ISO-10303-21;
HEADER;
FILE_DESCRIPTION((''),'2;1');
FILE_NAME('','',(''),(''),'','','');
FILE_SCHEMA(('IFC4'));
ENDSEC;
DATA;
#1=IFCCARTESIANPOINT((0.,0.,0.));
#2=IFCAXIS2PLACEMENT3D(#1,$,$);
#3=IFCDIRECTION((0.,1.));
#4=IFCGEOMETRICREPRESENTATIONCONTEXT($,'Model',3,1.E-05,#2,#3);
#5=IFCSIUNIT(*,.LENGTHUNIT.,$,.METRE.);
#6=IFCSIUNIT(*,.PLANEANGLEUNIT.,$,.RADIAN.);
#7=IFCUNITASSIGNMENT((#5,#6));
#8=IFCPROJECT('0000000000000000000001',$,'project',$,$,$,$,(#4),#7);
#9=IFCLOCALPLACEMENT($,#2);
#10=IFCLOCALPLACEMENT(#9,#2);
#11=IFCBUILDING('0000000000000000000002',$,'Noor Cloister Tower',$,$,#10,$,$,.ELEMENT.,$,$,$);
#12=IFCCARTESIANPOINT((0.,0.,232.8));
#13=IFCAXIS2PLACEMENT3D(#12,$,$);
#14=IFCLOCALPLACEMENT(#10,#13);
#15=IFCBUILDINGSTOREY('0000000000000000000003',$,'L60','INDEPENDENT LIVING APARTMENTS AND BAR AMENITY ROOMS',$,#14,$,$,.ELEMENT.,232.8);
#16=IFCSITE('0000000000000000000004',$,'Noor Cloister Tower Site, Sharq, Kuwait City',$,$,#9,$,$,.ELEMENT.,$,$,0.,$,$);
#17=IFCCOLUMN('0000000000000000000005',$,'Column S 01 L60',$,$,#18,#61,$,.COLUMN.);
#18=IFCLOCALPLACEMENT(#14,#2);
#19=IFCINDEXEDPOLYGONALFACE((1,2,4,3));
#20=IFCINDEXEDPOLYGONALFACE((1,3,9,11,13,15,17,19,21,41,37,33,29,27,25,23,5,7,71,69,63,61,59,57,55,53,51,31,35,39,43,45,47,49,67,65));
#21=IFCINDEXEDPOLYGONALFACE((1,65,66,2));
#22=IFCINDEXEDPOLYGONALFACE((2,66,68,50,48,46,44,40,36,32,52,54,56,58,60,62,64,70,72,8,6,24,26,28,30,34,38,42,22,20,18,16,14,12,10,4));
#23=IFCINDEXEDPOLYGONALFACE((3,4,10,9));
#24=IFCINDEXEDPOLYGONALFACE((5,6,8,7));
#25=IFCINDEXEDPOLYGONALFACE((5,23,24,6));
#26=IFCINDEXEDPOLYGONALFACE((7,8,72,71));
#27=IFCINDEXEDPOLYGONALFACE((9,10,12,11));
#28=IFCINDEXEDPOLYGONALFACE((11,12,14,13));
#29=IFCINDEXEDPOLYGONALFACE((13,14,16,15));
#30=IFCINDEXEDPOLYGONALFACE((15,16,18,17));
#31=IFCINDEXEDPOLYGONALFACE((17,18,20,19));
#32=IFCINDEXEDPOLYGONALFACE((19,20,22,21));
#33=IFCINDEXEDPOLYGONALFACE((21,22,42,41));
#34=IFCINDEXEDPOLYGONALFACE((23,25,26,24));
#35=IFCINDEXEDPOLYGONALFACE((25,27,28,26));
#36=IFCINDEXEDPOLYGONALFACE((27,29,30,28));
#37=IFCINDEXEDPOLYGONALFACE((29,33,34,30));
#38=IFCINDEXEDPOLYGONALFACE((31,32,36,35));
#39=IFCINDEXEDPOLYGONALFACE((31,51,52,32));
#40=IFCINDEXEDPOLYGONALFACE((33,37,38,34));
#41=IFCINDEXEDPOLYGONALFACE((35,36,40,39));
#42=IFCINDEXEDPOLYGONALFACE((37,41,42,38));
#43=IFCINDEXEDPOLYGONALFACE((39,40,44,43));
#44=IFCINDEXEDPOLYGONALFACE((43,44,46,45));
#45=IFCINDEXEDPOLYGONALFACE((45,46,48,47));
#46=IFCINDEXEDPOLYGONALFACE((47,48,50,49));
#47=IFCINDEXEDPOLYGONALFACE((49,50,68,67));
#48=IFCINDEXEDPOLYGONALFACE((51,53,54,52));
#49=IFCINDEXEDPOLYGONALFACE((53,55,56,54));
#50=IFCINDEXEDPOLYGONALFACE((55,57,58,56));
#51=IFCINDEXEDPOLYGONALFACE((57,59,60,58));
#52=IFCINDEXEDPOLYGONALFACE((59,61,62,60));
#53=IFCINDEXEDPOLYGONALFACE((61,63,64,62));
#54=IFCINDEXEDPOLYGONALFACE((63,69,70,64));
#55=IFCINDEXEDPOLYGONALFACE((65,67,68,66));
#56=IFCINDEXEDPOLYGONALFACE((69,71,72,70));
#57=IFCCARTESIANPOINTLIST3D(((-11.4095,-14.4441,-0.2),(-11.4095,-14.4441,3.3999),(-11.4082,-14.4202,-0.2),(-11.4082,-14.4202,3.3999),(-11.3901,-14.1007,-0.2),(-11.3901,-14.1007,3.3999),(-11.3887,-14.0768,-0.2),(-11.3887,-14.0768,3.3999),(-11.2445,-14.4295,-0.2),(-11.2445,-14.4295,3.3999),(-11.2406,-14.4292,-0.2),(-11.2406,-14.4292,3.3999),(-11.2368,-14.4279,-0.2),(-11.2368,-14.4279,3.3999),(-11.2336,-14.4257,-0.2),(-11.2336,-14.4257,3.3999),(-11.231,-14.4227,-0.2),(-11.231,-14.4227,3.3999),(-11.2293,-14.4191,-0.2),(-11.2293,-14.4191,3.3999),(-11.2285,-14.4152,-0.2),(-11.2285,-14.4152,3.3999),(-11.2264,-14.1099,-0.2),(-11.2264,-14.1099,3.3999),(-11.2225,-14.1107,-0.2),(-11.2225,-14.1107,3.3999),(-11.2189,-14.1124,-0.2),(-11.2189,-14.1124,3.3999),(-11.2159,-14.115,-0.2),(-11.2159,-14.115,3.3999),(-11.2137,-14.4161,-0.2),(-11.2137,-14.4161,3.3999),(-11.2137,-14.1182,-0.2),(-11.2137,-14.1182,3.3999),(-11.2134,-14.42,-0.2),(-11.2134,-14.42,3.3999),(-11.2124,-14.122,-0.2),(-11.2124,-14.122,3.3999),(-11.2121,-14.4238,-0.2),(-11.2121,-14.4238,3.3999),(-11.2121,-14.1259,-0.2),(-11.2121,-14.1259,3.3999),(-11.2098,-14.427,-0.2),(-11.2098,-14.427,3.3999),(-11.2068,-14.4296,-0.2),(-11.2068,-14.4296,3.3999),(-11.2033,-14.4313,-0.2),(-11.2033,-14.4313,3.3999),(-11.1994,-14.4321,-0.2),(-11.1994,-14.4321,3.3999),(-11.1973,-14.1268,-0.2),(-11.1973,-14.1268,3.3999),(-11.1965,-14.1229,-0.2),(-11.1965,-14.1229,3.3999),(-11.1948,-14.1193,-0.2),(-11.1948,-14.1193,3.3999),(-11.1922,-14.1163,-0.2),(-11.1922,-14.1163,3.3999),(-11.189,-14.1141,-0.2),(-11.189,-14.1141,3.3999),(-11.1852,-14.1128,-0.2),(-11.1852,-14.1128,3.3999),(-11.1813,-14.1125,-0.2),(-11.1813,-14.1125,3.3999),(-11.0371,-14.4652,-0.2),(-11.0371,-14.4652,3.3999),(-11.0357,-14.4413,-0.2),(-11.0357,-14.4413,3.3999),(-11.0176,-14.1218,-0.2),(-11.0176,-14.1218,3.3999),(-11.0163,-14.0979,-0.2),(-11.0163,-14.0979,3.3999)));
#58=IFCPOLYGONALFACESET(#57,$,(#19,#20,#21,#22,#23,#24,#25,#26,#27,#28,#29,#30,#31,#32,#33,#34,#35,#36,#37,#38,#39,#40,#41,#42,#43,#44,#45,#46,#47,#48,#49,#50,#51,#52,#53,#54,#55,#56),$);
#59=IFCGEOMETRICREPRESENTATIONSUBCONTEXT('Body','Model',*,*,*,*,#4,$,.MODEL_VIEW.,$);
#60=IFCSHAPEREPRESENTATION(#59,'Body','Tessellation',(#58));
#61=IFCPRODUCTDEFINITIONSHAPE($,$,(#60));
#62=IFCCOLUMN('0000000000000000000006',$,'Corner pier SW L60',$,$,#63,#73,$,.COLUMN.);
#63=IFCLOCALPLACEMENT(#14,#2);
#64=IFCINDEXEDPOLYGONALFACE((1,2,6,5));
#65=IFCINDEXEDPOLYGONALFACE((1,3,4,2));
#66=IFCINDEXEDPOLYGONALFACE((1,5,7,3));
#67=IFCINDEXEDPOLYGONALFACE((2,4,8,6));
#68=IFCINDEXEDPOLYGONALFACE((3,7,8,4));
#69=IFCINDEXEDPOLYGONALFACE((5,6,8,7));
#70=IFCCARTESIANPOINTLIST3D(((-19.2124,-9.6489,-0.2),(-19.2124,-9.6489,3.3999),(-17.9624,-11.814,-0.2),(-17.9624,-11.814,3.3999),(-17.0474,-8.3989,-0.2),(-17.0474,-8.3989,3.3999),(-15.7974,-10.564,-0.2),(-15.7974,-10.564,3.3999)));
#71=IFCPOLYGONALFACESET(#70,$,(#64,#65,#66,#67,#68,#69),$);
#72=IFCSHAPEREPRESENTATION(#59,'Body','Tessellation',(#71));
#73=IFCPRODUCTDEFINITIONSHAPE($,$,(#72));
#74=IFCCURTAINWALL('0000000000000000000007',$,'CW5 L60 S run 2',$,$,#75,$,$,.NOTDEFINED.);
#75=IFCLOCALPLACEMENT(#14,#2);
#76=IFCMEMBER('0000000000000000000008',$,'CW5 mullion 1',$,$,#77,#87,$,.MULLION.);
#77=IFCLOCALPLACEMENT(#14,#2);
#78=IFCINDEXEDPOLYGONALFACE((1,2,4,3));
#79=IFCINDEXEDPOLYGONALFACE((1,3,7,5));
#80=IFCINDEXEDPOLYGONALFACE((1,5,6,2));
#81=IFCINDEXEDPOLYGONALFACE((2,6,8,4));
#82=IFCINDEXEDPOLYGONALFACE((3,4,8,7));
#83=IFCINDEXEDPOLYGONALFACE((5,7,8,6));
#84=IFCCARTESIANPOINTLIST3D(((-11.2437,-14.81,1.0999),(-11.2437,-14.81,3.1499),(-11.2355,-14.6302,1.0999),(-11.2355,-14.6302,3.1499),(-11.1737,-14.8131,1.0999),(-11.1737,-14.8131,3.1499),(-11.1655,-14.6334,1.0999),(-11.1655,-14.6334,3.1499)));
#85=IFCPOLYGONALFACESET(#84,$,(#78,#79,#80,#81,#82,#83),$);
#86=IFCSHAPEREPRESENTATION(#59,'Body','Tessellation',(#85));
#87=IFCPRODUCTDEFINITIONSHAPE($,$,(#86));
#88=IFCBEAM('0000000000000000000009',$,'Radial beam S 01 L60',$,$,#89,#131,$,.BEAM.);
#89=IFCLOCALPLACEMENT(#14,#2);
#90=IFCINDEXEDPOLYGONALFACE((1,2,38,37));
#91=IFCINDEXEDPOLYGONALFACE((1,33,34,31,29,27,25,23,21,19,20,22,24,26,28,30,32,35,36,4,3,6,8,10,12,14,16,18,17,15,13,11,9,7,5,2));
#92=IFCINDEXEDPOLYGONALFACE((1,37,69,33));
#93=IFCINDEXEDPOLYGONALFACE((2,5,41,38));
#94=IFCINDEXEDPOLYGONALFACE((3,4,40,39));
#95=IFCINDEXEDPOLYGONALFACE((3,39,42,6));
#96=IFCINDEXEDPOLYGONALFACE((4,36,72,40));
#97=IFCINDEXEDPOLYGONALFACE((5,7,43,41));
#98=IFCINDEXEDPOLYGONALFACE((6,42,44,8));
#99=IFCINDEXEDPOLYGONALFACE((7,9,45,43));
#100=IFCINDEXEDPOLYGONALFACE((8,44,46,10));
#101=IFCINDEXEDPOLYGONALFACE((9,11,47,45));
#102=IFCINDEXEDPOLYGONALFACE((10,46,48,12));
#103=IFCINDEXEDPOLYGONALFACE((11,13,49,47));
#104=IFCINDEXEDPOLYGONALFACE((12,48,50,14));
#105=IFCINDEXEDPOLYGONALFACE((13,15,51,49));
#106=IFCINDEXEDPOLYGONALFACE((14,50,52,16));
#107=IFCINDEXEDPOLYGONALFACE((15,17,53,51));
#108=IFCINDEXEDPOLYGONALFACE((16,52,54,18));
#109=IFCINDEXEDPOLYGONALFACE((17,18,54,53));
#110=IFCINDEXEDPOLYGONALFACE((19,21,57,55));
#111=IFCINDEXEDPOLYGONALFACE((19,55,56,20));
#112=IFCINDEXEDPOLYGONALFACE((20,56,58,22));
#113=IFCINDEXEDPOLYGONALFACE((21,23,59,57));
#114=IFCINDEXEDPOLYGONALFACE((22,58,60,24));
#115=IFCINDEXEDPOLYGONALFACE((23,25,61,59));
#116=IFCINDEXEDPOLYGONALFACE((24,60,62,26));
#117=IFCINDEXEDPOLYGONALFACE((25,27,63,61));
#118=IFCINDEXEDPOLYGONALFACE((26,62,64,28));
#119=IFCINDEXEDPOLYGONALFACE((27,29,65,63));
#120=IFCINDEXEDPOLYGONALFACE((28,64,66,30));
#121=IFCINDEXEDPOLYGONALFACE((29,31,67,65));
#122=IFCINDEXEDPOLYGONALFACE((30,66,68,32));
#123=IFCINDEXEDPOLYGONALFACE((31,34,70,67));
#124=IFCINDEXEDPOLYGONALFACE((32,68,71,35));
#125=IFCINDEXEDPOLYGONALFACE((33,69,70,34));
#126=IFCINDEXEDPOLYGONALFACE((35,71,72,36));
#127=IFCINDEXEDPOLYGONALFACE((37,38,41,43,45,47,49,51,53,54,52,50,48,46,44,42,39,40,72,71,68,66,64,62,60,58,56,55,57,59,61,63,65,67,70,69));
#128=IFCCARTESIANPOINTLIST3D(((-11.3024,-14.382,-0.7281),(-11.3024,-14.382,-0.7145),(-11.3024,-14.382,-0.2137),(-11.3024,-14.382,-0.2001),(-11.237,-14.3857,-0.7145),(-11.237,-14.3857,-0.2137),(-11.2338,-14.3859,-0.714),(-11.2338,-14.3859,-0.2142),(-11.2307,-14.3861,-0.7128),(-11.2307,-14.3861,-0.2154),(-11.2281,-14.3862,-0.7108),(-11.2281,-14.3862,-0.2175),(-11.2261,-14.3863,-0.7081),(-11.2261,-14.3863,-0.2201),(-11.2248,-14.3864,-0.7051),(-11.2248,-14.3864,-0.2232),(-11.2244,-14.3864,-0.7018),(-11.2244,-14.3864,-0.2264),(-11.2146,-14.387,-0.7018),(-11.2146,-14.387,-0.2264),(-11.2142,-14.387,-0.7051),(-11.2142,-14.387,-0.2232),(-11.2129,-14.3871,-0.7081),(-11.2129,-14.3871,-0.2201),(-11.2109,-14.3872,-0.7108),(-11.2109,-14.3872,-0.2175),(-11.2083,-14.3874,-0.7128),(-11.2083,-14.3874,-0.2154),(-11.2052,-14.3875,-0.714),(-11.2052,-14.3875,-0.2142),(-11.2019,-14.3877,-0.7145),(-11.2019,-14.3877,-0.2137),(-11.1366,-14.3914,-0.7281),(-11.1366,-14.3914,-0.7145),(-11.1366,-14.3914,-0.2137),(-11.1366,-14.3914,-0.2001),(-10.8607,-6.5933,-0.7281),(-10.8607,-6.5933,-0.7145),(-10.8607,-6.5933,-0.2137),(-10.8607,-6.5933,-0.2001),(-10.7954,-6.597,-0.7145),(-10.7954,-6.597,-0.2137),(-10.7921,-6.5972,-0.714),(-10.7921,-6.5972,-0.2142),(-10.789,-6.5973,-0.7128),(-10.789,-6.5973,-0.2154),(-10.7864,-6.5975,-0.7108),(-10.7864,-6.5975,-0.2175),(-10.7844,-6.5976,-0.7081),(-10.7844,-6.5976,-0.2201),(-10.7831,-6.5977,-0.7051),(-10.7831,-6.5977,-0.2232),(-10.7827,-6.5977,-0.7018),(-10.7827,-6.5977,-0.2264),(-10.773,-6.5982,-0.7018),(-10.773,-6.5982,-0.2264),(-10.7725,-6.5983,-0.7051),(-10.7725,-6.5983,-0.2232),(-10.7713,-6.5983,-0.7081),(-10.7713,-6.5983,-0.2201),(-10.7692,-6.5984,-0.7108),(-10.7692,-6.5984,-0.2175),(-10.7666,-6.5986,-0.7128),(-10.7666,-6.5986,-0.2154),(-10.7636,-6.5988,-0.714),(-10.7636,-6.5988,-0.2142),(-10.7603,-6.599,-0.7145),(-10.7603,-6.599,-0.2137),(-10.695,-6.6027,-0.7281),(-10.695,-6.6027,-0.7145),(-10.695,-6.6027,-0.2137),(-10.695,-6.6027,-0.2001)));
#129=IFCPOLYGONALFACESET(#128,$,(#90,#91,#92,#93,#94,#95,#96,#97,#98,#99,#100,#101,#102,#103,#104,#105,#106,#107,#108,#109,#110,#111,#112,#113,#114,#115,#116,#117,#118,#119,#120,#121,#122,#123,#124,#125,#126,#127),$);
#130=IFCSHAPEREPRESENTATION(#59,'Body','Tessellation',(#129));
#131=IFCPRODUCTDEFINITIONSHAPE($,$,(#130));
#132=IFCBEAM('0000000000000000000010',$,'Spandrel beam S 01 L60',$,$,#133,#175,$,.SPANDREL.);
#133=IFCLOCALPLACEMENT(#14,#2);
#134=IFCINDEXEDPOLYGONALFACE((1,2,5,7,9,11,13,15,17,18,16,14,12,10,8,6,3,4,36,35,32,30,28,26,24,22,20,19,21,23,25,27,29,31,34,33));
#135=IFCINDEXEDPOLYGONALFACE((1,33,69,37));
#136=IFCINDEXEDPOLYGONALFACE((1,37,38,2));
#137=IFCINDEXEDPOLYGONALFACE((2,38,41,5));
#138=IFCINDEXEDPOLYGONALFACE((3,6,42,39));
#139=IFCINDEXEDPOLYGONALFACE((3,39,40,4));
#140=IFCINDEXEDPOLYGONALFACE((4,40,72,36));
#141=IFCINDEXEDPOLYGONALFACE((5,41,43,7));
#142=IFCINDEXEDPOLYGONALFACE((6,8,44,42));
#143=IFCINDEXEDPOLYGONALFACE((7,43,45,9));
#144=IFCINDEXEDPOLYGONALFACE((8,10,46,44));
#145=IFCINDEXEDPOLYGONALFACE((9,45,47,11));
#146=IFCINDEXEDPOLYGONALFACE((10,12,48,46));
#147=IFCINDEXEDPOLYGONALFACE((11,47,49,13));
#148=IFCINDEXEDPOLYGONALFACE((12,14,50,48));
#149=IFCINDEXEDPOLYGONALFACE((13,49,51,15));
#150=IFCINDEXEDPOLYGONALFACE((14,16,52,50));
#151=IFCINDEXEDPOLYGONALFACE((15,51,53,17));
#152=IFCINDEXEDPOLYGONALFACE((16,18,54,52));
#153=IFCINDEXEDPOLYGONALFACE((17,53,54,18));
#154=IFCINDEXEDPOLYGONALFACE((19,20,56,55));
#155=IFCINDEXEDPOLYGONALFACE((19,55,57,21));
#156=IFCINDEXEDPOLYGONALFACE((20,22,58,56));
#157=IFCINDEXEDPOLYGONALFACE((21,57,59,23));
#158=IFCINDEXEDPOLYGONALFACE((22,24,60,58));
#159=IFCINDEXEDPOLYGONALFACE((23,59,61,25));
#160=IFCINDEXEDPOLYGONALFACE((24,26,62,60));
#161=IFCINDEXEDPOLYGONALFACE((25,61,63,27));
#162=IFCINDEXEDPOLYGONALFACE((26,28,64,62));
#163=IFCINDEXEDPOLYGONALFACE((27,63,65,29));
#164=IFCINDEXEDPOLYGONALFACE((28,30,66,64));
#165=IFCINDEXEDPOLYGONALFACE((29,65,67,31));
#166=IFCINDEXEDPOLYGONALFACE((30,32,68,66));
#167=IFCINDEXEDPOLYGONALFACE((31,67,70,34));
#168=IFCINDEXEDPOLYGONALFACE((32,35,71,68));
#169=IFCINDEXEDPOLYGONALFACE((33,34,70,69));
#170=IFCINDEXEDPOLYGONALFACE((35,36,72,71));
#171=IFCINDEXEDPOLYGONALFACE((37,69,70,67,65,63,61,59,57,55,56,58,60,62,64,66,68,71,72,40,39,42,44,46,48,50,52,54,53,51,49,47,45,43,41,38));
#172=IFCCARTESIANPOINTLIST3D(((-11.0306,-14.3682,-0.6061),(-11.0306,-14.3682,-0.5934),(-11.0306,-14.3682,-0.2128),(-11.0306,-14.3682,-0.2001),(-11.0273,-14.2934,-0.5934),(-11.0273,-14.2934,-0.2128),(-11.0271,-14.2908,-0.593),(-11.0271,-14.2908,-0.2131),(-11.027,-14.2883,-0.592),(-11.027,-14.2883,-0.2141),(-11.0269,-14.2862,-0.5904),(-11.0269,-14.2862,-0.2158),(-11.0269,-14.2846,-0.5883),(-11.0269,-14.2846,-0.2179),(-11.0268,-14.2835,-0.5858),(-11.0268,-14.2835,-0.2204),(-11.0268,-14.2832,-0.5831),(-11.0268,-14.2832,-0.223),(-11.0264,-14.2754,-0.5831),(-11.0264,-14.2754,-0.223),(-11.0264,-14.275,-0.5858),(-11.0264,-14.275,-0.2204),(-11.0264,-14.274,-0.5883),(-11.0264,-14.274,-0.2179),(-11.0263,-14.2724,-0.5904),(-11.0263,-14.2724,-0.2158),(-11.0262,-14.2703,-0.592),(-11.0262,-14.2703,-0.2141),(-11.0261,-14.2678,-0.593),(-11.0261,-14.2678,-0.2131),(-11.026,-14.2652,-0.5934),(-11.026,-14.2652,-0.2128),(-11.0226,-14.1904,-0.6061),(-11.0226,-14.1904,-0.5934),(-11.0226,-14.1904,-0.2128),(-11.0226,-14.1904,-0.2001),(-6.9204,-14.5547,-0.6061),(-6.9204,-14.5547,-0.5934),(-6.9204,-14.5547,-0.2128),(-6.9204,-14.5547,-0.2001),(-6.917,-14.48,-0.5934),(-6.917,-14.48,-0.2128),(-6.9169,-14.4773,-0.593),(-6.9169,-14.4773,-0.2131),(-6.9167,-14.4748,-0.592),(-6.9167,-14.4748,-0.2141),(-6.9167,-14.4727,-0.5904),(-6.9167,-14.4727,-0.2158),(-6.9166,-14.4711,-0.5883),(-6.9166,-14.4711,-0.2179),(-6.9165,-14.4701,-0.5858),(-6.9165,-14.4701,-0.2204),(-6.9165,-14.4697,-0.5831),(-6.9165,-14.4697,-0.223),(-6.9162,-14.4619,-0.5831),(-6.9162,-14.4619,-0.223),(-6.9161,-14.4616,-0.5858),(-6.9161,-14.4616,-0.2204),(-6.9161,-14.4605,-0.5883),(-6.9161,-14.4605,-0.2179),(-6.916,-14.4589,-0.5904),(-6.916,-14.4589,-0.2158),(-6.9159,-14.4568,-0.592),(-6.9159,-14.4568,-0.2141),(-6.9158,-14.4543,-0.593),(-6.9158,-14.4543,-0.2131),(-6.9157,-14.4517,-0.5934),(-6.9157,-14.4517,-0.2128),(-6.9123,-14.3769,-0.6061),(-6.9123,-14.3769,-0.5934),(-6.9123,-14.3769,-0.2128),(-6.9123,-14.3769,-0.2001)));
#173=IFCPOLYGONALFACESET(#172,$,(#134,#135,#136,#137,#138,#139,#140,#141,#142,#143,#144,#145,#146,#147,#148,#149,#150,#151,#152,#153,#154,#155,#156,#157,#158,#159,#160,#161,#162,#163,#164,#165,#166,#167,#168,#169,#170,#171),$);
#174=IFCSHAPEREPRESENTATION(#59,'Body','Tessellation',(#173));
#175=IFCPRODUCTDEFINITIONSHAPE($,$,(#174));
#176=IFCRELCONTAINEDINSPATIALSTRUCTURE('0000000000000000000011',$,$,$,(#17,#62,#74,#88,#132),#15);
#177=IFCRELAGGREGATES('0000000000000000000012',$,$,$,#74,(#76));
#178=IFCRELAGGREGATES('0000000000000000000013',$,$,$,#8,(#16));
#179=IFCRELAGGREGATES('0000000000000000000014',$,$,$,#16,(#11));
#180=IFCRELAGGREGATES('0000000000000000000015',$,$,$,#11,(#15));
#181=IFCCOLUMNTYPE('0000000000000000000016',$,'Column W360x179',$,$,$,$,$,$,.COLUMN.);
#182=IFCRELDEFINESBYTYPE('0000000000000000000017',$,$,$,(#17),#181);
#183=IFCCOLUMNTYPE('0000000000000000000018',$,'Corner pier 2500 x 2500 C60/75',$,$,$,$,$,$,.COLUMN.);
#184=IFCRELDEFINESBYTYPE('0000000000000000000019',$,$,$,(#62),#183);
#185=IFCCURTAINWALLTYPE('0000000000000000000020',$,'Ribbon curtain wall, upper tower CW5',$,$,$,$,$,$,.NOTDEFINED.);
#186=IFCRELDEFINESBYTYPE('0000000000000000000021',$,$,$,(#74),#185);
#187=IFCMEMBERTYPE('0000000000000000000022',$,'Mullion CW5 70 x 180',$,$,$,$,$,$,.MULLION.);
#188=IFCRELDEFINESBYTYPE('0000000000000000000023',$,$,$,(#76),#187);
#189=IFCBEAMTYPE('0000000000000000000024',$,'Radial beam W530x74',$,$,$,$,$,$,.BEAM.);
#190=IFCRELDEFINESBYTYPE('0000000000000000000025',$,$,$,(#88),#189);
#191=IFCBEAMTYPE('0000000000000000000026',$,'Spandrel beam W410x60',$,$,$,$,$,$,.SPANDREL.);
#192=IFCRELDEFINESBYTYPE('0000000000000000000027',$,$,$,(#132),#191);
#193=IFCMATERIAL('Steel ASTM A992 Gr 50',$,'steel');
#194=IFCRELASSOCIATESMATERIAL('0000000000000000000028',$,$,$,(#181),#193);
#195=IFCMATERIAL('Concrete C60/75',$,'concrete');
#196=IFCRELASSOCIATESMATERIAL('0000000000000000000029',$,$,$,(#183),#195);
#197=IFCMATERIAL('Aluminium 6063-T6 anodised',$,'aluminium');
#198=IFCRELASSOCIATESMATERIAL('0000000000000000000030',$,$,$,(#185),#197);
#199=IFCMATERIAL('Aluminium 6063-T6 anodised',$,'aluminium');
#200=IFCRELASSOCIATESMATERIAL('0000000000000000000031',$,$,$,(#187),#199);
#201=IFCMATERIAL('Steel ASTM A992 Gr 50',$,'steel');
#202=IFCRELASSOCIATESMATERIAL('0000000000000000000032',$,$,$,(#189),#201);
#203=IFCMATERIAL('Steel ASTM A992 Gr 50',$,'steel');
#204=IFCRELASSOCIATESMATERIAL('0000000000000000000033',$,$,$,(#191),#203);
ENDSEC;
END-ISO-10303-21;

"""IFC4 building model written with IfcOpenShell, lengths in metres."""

from ifc_helpers import new_model, si_unit, direction, frame, origin, origin_2d, place, context, subcontext, project, spatial, rectangle, i_section, extrude, material, material_profile, profile_set, type_object, element, aggregate, save


model = new_model("IFC4")

# Units and contexts
model_context = context("Model", 3, precision=1e-05, world=origin(), true_north=direction((0.0, 1.0)))
body_context = subcontext(model_context, "Body", "Model", "MODEL_VIEW")
ifc_project = project(units=[si_unit("LENGTHUNIT", "METRE"), si_unit("PLANEANGLEUNIT", "RADIAN")], contexts=[model_context])

# Site, building, storey
site_placement = place(None, origin())
site = spatial("IfcSite", under=ifc_project, at=site_placement, Name="Noor Cloister Tower Site, Sharq, Kuwait City", CompositionType="ELEMENT", RefElevation=0.0)
building_placement = place(site_placement, origin())
building = spatial("IfcBuilding", under=site, at=building_placement, Name="Noor Cloister Tower", CompositionType="ELEMENT")
storey_placement = place(building_placement, frame((0.0, 0.0, 232.8)))
storey = spatial("IfcBuildingStorey", under=building, at=storey_placement, Name="L60", Description="INDEPENDENT LIVING APARTMENTS AND BAR AMENITY ROOMS", CompositionType="ELEMENT", Elevation=232.8)

# Columns
ifc_material_1 = material(Name="Steel ASTM A992 Gr 50", Category="steel")
ifc_material_profile_1 = material_profile(ifc_material_1, i_section(OverallWidth=0.373, OverallDepth=0.3679, WebThickness=0.0149, FlangeThickness=0.0239, FilletRadius=0.0151, at=origin_2d()), Name="W360x179")
ifc_profile_set_1 = profile_set([ifc_material_profile_1], Name="Steel ASTM A992 Gr 50")
column_type_1 = type_object("IfcColumnType", Name="Column W360x179", PredefinedType="COLUMN", material=ifc_profile_set_1)
column_1_placement = place(storey_placement, frame((-11.2129, -14.271, -0.2), z_axis=(0.0, 0.0, 1.0), x_axis=(0.998397, -0.056596, 0.0)))
element("IfcColumn", 1, at=column_1_placement, inside=storey, type_object=column_type_1, Name="Column S 01 L60", PredefinedType="COLUMN", context=body_context, shape_type="SweptSolid", body=[
    extrude(i_section(OverallWidth=0.373, OverallDepth=0.3679, WebThickness=0.0149, FlangeThickness=0.0239, FilletRadius=0.0151, at=origin_2d()), origin(), (0.0, 0.0, 1.0), 3.5999),
])
ifc_material_2 = material(Name="Concrete C60/75", Category="concrete")
ifc_material_profile_2 = material_profile(ifc_material_2, rectangle(XDim=2.5, YDim=2.5, at=origin_2d()), Name="RC 2500x2500")
ifc_profile_set_2 = profile_set([ifc_material_profile_2], Name="Concrete C60/75")
column_type_2 = type_object("IfcColumnType", Name="Corner pier 2500 x 2500 C60/75", PredefinedType="COLUMN", material=ifc_profile_set_2)
column_2_placement = place(storey_placement, frame((-17.5049, -10.1064, -0.2), z_axis=(0.0, 0.0, 1.0), x_axis=(-0.866025, -0.5, 0.0)))
element("IfcColumn", 2, at=column_2_placement, inside=storey, type_object=column_type_2, Name="Corner pier SW L60", PredefinedType="COLUMN", context=body_context, shape_type="SweptSolid", body=[
    extrude(rectangle(XDim=2.5, YDim=2.5, at=origin_2d()), origin(), (0.0, 0.0, 1.0), 3.5999),
])

# Curtain wall, member
ifc_material_3 = material(Name="Aluminium 6063-T6 anodised", Category="aluminium")
curtain_wall_type = type_object("IfcCurtainWallType", Name="Ribbon curtain wall, upper tower CW5", PredefinedType="NOTDEFINED", material=ifc_material_3)
curtain_wall_placement = place(storey_placement, origin())
curtain_wall = element("IfcCurtainWall", 3, at=curtain_wall_placement, inside=storey, type_object=curtain_wall_type, Name="CW5 L60 S run 2", PredefinedType="NOTDEFINED")
ifc_material_4 = material(Name="Aluminium 6063-T6 anodised", Category="aluminium")
ifc_material_profile_3 = material_profile(ifc_material_4, rectangle(XDim=0.1799, YDim=0.0701, at=origin_2d()), Name="180 x 70 mullion")
ifc_profile_set_3 = profile_set([ifc_material_profile_3], Name="Aluminium 6063-T6 anodised")
member_type = type_object("IfcMemberType", Name="Mullion CW5 70 x 180", PredefinedType="MULLION", material=ifc_profile_set_3)
member_placement = place(storey_placement, frame((-11.2046, -14.7217, 1.0999), z_axis=(0.0, 0.0, 1.0), x_axis=(0.045286, 0.998974, 0.0)))
member = element("IfcMember", 4, at=member_placement, type_object=member_type, Name="CW5 mullion 1", PredefinedType="MULLION", context=body_context, shape_type="SweptSolid", body=[
    extrude(rectangle(XDim=0.1799, YDim=0.0701, at=origin_2d()), origin(), (0.0, 0.0, 1.0), 2.05),
])

# Beams
ifc_material_5 = material(Name="Steel ASTM A992 Gr 50", Category="steel")
ifc_material_profile_4 = material_profile(ifc_material_5, i_section(OverallWidth=0.166, OverallDepth=0.5281, WebThickness=0.0098, FlangeThickness=0.0137, FilletRadius=0.0127, at=origin_2d()), Name="W530x74")
ifc_profile_set_4 = profile_set([ifc_material_profile_4], Name="Steel ASTM A992 Gr 50")
beam_type_1 = type_object("IfcBeamType", Name="Radial beam W530x74", PredefinedType="BEAM", material=ifc_profile_set_4)
beam_1_placement = place(storey_placement, frame((-11.2195, -14.3867, -0.4641), z_axis=(0.056612, 0.998396, 0.0), x_axis=(-0.998396, 0.056612, 0.0)))
element("IfcBeam", 5, at=beam_1_placement, inside=storey, type_object=beam_type_1, Name="Radial beam S 01 L60", PredefinedType="BEAM", context=body_context, shape_type="SweptSolid", body=[
    extrude(i_section(OverallWidth=0.166, OverallDepth=0.5281, WebThickness=0.0098, FlangeThickness=0.0137, FilletRadius=0.0127, at=origin_2d()), origin(), (0.0, 0.0, 1.0), 7.8013),
])
ifc_material_6 = material(Name="Steel ASTM A992 Gr 50", Category="steel")
ifc_material_profile_5 = material_profile(ifc_material_6, i_section(OverallWidth=0.178, OverallDepth=0.406, WebThickness=0.0078, FlangeThickness=0.0127, FilletRadius=0.0103, at=origin_2d()), Name="W410x60")
ifc_profile_set_5 = profile_set([ifc_material_profile_5], Name="Steel ASTM A992 Gr 50")
beam_type_2 = type_object("IfcBeamType", Name="Spandrel beam W410x60", PredefinedType="SPANDREL", material=ifc_profile_set_5)
beam_2_placement = place(storey_placement, frame((-11.0266, -14.2793, -0.4031), z_axis=(0.998972, -0.045332, 0.0), x_axis=(0.045332, 0.998972, 0.0)))
element("IfcBeam", 6, at=beam_2_placement, inside=storey, type_object=beam_type_2, Name="Spandrel beam S 01 L60", PredefinedType="SPANDREL", context=body_context, shape_type="SweptSolid", body=[
    extrude(i_section(OverallWidth=0.178, OverallDepth=0.406, WebThickness=0.0078, FlangeThickness=0.0127, FilletRadius=0.0103, at=origin_2d()), origin(), (0.0, 0.0, 1.0), 4.1145),
])

aggregate(curtain_wall, [member])

save(model, "model.ifc")
